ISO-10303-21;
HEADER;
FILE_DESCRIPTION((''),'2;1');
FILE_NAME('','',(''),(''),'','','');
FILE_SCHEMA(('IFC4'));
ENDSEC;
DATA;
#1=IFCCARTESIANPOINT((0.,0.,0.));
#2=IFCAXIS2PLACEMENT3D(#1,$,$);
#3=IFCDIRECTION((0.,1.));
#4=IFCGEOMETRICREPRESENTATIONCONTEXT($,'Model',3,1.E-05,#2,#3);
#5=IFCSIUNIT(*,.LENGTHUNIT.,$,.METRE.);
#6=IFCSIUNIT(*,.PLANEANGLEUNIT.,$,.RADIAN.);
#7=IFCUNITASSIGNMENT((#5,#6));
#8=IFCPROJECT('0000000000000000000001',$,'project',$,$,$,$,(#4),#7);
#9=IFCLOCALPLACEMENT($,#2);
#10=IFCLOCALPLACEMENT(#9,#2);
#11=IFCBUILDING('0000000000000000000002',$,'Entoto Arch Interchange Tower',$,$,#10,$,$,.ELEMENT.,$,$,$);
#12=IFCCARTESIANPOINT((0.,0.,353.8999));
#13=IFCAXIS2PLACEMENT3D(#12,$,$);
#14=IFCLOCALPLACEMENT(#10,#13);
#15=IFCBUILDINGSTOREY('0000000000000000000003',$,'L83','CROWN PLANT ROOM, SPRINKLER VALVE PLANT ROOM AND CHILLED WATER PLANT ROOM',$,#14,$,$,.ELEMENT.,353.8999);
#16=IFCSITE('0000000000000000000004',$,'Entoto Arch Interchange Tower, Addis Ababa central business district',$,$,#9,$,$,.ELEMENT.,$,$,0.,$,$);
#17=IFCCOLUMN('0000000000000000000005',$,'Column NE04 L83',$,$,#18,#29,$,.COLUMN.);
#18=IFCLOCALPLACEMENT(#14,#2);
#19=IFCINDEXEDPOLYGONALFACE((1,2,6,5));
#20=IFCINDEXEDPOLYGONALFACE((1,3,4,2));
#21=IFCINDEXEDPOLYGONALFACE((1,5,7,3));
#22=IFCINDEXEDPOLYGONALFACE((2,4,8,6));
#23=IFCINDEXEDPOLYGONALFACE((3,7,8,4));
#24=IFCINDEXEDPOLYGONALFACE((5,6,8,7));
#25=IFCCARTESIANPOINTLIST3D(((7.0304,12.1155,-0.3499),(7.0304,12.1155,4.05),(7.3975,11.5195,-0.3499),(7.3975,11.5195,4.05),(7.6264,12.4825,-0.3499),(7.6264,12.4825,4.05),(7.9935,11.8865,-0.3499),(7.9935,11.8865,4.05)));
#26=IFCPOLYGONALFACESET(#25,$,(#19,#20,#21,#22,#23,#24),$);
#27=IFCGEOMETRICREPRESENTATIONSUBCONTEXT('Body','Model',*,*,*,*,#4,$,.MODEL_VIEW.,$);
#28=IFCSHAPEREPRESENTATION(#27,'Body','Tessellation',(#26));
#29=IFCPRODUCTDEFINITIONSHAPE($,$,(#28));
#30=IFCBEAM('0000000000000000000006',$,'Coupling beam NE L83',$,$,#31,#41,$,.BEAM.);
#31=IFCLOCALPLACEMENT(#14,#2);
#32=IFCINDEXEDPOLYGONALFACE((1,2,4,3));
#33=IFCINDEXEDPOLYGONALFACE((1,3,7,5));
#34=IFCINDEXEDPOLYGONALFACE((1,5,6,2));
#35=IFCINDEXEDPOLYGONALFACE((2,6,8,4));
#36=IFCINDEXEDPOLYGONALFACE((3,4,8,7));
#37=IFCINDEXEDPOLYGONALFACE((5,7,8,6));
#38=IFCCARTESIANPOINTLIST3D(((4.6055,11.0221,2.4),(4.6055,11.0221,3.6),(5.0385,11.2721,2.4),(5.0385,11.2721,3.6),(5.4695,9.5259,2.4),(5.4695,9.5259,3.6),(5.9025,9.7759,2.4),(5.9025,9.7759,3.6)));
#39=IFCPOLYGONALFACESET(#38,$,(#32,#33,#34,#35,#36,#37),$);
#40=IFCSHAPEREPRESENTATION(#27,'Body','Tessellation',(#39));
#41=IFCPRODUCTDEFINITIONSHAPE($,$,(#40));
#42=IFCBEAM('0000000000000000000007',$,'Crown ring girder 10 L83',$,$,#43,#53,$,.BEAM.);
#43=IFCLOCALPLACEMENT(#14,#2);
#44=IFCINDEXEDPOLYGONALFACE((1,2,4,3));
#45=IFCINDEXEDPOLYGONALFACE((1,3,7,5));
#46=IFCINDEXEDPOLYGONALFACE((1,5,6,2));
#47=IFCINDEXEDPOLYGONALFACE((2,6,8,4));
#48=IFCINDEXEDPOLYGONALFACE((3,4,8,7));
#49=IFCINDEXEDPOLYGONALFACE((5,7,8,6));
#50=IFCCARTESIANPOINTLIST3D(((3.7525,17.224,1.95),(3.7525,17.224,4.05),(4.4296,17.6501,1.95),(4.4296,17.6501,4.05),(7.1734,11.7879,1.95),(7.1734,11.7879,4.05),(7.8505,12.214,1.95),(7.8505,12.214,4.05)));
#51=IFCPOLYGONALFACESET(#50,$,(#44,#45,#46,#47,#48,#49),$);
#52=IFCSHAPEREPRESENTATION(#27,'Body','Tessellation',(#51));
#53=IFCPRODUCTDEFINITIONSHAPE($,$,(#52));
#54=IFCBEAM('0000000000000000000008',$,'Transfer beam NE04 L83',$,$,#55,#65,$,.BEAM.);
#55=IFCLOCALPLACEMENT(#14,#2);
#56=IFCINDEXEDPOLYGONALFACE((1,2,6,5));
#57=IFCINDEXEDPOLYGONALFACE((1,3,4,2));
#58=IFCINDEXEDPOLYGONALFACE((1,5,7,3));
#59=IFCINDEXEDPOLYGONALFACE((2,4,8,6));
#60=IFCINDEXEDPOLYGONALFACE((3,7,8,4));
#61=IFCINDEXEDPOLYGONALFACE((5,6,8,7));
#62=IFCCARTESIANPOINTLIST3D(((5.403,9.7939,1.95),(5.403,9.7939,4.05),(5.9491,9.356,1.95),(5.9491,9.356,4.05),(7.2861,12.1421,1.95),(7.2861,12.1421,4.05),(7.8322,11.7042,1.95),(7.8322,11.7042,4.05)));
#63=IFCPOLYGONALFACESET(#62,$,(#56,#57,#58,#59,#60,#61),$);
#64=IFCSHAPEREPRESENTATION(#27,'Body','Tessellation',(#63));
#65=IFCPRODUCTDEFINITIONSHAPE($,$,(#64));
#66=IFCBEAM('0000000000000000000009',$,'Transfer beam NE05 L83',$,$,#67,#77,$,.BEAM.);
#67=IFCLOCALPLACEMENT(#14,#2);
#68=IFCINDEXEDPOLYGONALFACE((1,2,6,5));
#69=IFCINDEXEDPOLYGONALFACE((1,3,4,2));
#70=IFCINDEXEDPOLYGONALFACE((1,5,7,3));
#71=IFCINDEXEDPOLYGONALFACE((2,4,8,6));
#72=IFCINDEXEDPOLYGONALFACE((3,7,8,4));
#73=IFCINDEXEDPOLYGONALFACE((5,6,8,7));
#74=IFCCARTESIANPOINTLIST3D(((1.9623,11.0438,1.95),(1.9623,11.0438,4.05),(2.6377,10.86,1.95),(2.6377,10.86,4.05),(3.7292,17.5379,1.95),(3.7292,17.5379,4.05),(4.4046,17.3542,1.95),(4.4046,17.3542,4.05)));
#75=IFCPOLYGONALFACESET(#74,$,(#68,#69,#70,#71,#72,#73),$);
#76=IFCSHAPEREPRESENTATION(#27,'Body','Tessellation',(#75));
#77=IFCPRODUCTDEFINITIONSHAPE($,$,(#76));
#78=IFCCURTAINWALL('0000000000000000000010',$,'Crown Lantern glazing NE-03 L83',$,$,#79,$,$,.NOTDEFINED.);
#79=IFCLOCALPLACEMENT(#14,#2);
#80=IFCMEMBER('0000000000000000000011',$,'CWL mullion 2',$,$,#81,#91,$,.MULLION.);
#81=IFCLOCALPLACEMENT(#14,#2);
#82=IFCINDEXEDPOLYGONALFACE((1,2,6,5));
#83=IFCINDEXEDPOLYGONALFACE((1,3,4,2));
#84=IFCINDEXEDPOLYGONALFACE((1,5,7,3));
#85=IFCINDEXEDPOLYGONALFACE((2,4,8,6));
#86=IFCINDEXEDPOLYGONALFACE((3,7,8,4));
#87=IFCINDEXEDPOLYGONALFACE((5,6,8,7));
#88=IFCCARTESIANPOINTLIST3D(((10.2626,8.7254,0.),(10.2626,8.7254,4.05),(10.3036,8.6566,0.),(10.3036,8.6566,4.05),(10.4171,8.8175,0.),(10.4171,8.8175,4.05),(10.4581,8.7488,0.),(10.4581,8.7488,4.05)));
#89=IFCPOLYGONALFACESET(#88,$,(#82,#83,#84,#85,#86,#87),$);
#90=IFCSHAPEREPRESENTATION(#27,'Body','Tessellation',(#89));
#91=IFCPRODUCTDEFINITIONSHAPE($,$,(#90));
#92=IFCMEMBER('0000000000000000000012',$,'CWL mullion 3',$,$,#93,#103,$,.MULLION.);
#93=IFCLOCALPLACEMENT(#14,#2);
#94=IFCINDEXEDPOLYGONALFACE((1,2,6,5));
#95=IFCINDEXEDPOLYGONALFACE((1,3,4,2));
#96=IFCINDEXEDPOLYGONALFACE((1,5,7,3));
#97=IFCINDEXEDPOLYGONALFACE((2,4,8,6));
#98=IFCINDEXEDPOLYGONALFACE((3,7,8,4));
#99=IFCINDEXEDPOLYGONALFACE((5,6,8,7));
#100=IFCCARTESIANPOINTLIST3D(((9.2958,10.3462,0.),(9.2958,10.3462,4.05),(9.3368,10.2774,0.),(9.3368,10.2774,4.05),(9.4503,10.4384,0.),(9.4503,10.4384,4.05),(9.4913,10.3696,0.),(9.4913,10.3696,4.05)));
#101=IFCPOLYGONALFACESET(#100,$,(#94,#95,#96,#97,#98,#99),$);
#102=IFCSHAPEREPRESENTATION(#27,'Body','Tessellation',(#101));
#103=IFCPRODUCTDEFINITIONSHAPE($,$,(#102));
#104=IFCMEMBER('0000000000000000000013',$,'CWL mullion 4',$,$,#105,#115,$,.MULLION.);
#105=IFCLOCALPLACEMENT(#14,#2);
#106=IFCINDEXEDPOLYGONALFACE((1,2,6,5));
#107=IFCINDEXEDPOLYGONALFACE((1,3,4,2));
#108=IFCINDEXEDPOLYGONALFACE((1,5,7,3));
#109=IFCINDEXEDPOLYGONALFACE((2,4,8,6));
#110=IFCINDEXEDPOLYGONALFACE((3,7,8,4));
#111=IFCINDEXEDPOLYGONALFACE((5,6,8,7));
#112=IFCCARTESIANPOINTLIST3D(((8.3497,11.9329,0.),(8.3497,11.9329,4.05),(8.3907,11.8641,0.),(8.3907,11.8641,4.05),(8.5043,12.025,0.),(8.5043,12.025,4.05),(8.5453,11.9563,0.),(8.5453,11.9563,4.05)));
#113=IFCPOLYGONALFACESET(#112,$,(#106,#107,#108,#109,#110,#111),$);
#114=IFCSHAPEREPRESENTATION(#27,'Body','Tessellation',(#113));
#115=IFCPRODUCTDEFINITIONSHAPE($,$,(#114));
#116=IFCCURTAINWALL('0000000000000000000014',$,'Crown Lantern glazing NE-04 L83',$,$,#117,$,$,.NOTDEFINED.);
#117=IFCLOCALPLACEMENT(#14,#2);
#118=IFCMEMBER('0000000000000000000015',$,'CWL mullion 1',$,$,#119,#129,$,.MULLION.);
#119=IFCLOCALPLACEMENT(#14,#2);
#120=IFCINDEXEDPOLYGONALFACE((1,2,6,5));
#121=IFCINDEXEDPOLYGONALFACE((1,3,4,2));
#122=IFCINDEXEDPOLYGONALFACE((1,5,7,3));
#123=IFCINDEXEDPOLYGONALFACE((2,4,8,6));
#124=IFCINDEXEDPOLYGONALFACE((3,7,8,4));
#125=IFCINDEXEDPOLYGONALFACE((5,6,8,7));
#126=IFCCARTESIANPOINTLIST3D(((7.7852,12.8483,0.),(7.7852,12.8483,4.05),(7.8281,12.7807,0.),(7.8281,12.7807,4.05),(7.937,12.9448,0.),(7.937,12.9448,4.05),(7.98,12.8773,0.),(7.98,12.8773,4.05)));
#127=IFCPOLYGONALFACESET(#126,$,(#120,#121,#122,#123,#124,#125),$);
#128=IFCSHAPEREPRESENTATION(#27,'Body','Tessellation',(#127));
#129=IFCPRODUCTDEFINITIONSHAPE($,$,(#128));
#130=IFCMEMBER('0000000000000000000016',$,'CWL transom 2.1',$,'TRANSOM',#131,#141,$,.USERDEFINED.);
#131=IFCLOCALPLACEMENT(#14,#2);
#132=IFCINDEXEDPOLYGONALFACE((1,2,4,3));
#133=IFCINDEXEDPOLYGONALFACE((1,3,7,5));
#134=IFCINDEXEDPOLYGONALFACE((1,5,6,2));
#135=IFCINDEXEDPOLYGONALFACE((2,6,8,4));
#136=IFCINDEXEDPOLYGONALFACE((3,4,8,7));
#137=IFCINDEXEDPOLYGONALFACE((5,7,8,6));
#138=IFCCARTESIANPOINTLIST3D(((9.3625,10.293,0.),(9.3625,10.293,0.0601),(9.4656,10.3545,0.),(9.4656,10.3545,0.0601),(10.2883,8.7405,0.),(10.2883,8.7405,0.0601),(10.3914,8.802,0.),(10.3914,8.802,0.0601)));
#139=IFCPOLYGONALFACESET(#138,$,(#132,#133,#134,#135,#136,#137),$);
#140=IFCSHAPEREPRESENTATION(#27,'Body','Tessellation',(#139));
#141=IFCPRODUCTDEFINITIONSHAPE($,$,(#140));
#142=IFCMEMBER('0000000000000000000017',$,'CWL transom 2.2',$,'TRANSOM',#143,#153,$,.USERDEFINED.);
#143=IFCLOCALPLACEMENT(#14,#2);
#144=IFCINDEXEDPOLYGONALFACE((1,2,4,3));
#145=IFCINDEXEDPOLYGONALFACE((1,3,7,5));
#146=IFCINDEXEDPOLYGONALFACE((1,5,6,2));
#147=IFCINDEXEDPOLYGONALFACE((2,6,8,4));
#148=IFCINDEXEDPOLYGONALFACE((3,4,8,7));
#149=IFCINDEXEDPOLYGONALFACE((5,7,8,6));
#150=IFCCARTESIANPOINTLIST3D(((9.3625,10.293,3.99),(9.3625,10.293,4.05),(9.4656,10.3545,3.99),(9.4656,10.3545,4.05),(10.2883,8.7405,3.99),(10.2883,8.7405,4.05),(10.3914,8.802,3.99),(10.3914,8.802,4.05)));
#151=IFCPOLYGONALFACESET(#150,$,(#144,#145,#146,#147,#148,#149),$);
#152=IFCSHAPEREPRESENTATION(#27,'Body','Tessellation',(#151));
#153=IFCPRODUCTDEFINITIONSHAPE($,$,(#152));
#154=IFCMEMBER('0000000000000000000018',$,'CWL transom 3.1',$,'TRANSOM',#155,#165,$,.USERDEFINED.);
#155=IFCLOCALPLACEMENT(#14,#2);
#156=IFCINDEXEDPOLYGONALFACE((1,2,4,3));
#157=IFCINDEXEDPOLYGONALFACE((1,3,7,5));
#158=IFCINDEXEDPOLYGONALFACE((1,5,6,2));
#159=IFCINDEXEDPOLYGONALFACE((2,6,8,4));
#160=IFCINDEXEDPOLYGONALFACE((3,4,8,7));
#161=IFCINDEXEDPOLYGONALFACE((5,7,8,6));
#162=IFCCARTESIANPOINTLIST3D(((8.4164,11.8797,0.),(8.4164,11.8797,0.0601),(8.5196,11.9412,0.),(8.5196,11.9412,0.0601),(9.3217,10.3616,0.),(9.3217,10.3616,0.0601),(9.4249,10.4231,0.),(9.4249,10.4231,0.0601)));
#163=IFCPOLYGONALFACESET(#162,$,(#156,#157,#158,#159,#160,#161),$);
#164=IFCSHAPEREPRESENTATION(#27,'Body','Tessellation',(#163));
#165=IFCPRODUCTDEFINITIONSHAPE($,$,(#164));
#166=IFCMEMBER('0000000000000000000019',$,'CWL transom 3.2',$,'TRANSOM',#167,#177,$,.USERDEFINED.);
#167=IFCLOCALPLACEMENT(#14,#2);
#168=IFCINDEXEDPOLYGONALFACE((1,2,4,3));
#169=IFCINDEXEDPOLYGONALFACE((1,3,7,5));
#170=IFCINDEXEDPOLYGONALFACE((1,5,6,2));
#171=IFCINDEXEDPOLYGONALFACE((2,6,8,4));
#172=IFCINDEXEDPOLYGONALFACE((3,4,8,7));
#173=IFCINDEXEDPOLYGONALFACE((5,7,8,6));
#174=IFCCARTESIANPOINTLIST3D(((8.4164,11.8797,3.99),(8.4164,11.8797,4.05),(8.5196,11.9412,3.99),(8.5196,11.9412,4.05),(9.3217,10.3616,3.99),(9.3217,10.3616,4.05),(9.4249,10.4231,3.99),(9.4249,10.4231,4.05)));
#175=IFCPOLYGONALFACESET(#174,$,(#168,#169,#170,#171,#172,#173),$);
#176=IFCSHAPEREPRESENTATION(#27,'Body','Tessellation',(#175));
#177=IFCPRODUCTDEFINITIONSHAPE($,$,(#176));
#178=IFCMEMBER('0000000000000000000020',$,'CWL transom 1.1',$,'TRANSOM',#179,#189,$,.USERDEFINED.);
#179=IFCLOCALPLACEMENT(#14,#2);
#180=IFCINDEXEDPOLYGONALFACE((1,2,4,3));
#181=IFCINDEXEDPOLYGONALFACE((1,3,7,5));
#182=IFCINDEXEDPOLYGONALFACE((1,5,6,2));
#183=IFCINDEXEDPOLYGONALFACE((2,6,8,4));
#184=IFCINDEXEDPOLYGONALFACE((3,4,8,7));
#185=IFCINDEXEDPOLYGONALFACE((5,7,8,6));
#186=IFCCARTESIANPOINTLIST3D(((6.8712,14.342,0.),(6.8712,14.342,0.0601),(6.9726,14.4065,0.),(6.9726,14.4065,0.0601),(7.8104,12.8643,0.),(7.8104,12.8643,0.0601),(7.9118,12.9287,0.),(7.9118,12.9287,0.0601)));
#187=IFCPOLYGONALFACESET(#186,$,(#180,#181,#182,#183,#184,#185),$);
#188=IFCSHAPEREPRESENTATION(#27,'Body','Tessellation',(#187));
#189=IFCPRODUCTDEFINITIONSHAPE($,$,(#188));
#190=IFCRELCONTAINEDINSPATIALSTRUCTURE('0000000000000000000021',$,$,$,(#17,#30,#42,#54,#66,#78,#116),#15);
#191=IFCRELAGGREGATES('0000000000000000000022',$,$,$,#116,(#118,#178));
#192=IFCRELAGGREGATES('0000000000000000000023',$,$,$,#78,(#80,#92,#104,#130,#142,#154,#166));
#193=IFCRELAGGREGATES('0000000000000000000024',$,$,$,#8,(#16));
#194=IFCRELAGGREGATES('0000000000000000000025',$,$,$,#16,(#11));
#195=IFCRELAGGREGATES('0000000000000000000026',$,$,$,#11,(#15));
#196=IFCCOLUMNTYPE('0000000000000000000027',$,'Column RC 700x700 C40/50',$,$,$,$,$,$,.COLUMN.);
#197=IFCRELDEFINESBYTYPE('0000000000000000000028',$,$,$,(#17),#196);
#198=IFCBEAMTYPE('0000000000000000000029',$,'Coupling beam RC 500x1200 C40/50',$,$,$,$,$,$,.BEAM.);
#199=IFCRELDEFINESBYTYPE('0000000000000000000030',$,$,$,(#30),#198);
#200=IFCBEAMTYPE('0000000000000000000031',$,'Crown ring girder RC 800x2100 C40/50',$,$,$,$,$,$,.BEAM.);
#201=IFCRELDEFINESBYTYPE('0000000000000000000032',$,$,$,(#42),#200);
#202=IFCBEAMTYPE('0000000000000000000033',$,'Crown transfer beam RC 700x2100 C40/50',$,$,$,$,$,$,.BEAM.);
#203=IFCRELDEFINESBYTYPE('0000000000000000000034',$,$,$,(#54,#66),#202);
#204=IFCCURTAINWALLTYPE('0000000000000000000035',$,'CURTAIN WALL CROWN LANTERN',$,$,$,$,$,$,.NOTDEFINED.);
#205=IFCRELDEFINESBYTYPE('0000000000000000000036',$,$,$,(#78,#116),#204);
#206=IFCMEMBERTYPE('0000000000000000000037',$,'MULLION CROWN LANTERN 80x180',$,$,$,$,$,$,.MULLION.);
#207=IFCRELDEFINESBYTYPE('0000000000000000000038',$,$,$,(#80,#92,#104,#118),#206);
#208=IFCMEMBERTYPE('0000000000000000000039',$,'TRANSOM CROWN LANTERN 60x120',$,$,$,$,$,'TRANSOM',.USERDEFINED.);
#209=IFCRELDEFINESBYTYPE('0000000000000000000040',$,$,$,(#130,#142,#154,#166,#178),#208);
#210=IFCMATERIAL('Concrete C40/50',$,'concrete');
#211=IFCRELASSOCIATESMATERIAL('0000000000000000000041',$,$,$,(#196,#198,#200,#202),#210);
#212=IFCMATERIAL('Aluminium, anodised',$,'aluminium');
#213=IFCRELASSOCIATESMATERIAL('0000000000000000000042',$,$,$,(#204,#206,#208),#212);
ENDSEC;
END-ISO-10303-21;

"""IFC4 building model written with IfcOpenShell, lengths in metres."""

from ifc_helpers import new_model, si_unit, direction, frame, origin, origin_2d, place, context, subcontext, project, spatial, rectangle, extrude, material, material_profile, profile_set, type_object, element, aggregate, save


model = new_model("IFC4")

# Units and contexts
model_context = context("Model", 3, precision=1e-05, world=origin(), true_north=direction((0.0, 1.0)))
body_context = subcontext(model_context, "Body", "Model", "MODEL_VIEW")
ifc_project = project(units=[si_unit("LENGTHUNIT", "METRE"), si_unit("PLANEANGLEUNIT", "RADIAN")], contexts=[model_context])

# Site, building, storey
site_placement = place(None, origin())
site = spatial("IfcSite", under=ifc_project, at=site_placement, Name="Entoto Arch Interchange Tower, Addis Ababa central business district", CompositionType="ELEMENT", RefElevation=0.0)
building_placement = place(site_placement, origin())
building = spatial("IfcBuilding", under=site, at=building_placement, Name="Entoto Arch Interchange Tower", CompositionType="ELEMENT")
storey_placement = place(building_placement, frame((0.0, 0.0, 353.8999)))
storey = spatial("IfcBuildingStorey", under=building, at=storey_placement, Name="L83", Description="CROWN PLANT ROOM, SPRINKLER VALVE PLANT ROOM AND CHILLED WATER PLANT ROOM", CompositionType="ELEMENT", Elevation=353.8999)

# Column
ifc_material_1 = material(Name="Concrete C40/50", Category="concrete")
ifc_material_profile_1 = material_profile(ifc_material_1, rectangle(XDim=0.7, YDim=0.7, at=origin_2d()))
ifc_profile_set_1 = profile_set([ifc_material_profile_1], Name="Concrete C40/50")
column_type = type_object("IfcColumnType", Name="Column RC 700x700 C40/50", PredefinedType="COLUMN", material=ifc_profile_set_1)
column_placement = place(storey_placement, frame((7.512, 12.001, -0.3499), z_axis=(0.0, 0.0, 1.0), x_axis=(-0.524372, 0.851489, 0.0)))
element("IfcColumn", 1, at=column_placement, inside=storey, type_object=column_type, Name="Column NE04 L83", PredefinedType="COLUMN", context=body_context, shape_type="SweptSolid", body=[
    extrude(rectangle(XDim=0.7, YDim=0.7, at=origin_2d()), origin(), (0.0, 0.0, 1.0), 4.3999),
])

# Beams
ifc_material_profile_2 = material_profile(ifc_material_1, rectangle(XDim=0.5, YDim=1.2, at=origin_2d()))
ifc_profile_set_2 = profile_set([ifc_material_profile_2], Name="Concrete C40/50")
beam_type_1 = type_object("IfcBeamType", Name="Coupling beam RC 500x1200 C40/50", PredefinedType="BEAM", material=ifc_profile_set_2)
beam_1_placement = place(storey_placement, frame((5.686, 9.6509, 3.0), z_axis=(-0.500106, 0.865964, 0.0), x_axis=(-0.865964, -0.500106, 0.0)))
element("IfcBeam", 2, at=beam_1_placement, inside=storey, type_object=beam_type_1, Name="Coupling beam NE L83", PredefinedType="BEAM", context=body_context, shape_type="SweptSolid", body=[
    extrude(rectangle(XDim=0.5, YDim=1.2, at=origin_2d()), origin(), (0.0, 0.0, 1.0), 1.7278),
])
ifc_material_profile_3 = material_profile(ifc_material_1, rectangle(XDim=0.8, YDim=2.1001, at=origin_2d()))
ifc_profile_set_3 = profile_set([ifc_material_profile_3], Name="Concrete C40/50")
beam_type_2 = type_object("IfcBeamType", Name="Crown ring girder RC 800x2100 C40/50", PredefinedType="BEAM", material=ifc_profile_set_3)
beam_2_placement = place(storey_placement, frame((7.512, 12.001, 3.0), z_axis=(-0.532614, 0.846359, 0.0), x_axis=(-0.846359, -0.532614, 0.0)))
element("IfcBeam", 3, at=beam_2_placement, inside=storey, type_object=beam_type_2, Name="Crown ring girder 10 L83", PredefinedType="BEAM", context=body_context, shape_type="SweptSolid", body=[
    extrude(rectangle(XDim=0.8, YDim=2.1001, at=origin_2d()), origin(), (0.0, 0.0, 1.0), 6.4229),
])
ifc_material_profile_4 = material_profile(ifc_material_1, rectangle(XDim=0.7, YDim=2.1001, at=origin_2d()))
ifc_profile_set_4 = profile_set([ifc_material_profile_4], Name="Concrete C40/50")
beam_type_3 = type_object("IfcBeamType", Name="Crown transfer beam RC 700x2100 C40/50", PredefinedType="BEAM", material=ifc_profile_set_4)
beam_3_placement = place(storey_placement, frame((5.676, 9.575, 3.0), z_axis=(0.625615, 0.780132, 0.0), x_axis=(-0.780132, 0.625615, 0.0)))
element("IfcBeam", 4, at=beam_3_placement, inside=storey, type_object=beam_type_3, Name="Transfer beam NE04 L83", PredefinedType="BEAM", context=body_context, shape_type="SweptSolid", body=[
    extrude(rectangle(XDim=0.7, YDim=2.1001, at=origin_2d()), origin(), (0.0, 0.0, 1.0), 3.01),
])
beam_4_placement = place(storey_placement, frame((2.3, 10.9519, 3.0), z_axis=(0.262525, 0.964925, 0.0), x_axis=(-0.964925, 0.262525, 0.0)))
element("IfcBeam", 5, at=beam_4_placement, inside=storey, type_object=beam_type_3, Name="Transfer beam NE05 L83", PredefinedType="BEAM", context=body_context, shape_type="SweptSolid", body=[
    extrude(rectangle(XDim=0.7, YDim=2.1001, at=origin_2d()), origin(), (0.0, 0.0, 1.0), 6.7302),
])

# Curtain wall, members
ifc_material_2 = material(Name="Aluminium, anodised", Category="aluminium")
curtain_wall_type = type_object("IfcCurtainWallType", Name="CURTAIN WALL CROWN LANTERN", PredefinedType="NOTDEFINED", material=ifc_material_2)
curtain_wall_1_placement = place(storey_placement, origin())
curtain_wall_1 = element("IfcCurtainWall", 6, at=curtain_wall_1_placement, inside=storey, type_object=curtain_wall_type, Name="Crown Lantern glazing NE-03 L83", PredefinedType="NOTDEFINED")
ifc_material_profile_5 = material_profile(ifc_material_2, rectangle(XDim=0.1799, YDim=0.0801, at=origin_2d()))
ifc_profile_set_5 = profile_set([ifc_material_profile_5], Name="Aluminium, anodised")
member_type_1 = type_object("IfcMemberType", Name="MULLION CROWN LANTERN 80x180", PredefinedType="MULLION", material=ifc_profile_set_5)
member_1_placement = place(storey_placement, frame((10.3604, 8.7371, 0.0), z_axis=(0.0, 0.0, 1.0), x_axis=(-0.858877, -0.512182, 0.0)))
member_1 = element("IfcMember", 7, at=member_1_placement, type_object=member_type_1, Name="CWL mullion 2", PredefinedType="MULLION", context=body_context, shape_type="SweptSolid", body=[
    extrude(rectangle(XDim=0.1799, YDim=0.0801, at=origin_2d()), origin(), (0.0, 0.0, 1.0), 4.05),
])
member_2_placement = place(storey_placement, frame((9.3936, 10.3579, 0.0), z_axis=(0.0, 0.0, 1.0), x_axis=(-0.858877, -0.512182, 0.0)))
member_2 = element("IfcMember", 8, at=member_2_placement, type_object=member_type_1, Name="CWL mullion 3", PredefinedType="MULLION", context=body_context, shape_type="SweptSolid", body=[
    extrude(rectangle(XDim=0.1799, YDim=0.0801, at=origin_2d()), origin(), (0.0, 0.0, 1.0), 4.05),
])
member_3_placement = place(storey_placement, frame((8.4475, 11.9446, 0.0), z_axis=(0.0, 0.0, 1.0), x_axis=(-0.858877, -0.512182, 0.0)))
member_3 = element("IfcMember", 9, at=member_3_placement, type_object=member_type_1, Name="CWL mullion 4", PredefinedType="MULLION", context=body_context, shape_type="SweptSolid", body=[
    extrude(rectangle(XDim=0.1799, YDim=0.0801, at=origin_2d()), origin(), (0.0, 0.0, 1.0), 4.05),
])

# Curtain wall, member
curtain_wall_2_placement = place(storey_placement, origin())
curtain_wall_2 = element("IfcCurtainWall", 10, at=curtain_wall_2_placement, inside=storey, type_object=curtain_wall_type, Name="Crown Lantern glazing NE-04 L83", PredefinedType="NOTDEFINED")
member_4_placement = place(storey_placement, frame((7.8826, 12.8628, 0.0), z_axis=(0.0, 0.0, 1.0), x_axis=(-0.84394, -0.536437, 0.0)))
member_4 = element("IfcMember", 11, at=member_4_placement, type_object=member_type_1, Name="CWL mullion 1", PredefinedType="MULLION", context=body_context, shape_type="SweptSolid", body=[
    extrude(rectangle(XDim=0.1799, YDim=0.0801, at=origin_2d()), origin(), (0.0, 0.0, 1.0), 4.05),
])

# Members
ifc_material_profile_6 = material_profile(ifc_material_2, rectangle(XDim=0.1201, YDim=0.0601, at=origin_2d()))
ifc_profile_set_6 = profile_set([ifc_material_profile_6], Name="Aluminium, anodised")
member_type_2 = type_object("IfcMemberType", Name="TRANSOM CROWN LANTERN 60x120", ElementType="TRANSOM", PredefinedType="USERDEFINED", material=ifc_profile_set_6)
member_5_placement = place(storey_placement, frame((10.3398, 8.7712, 0.03), z_axis=(-0.51217, 0.858884, 0.0), x_axis=(-0.858884, -0.51217, 0.0)))
member_5 = element("IfcMember", 12, at=member_5_placement, type_object=member_type_2, Name="CWL transom 2.1", ObjectType="TRANSOM", PredefinedType="USERDEFINED", context=body_context, shape_type="SweptSolid", body=[
    extrude(rectangle(XDim=0.1201, YDim=0.0601, at=origin_2d()), origin(), (0.0, 0.0, 1.0), 1.8076),
])
member_6_placement = place(storey_placement, frame((10.3398, 8.7712, 4.02), z_axis=(-0.51217, 0.858884, 0.0), x_axis=(-0.858884, -0.51217, 0.0)))
member_6 = element("IfcMember", 13, at=member_6_placement, type_object=member_type_2, Name="CWL transom 2.2", ObjectType="TRANSOM", PredefinedType="USERDEFINED", context=body_context, shape_type="SweptSolid", body=[
    extrude(rectangle(XDim=0.1201, YDim=0.0601, at=origin_2d()), origin(), (0.0, 0.0, 1.0), 1.8076),
])
member_7_placement = place(storey_placement, frame((9.3733, 10.3923, 0.03), z_axis=(-0.512178, 0.858879, 0.0), x_axis=(-0.858879, -0.512178, 0.0)))
member_7 = element("IfcMember", 14, at=member_7_placement, type_object=member_type_2, Name="CWL transom 3.1", ObjectType="TRANSOM", PredefinedType="USERDEFINED", context=body_context, shape_type="SweptSolid", body=[
    extrude(rectangle(XDim=0.1201, YDim=0.0601, at=origin_2d()), origin(), (0.0, 0.0, 1.0), 1.7676),
])
member_8_placement = place(storey_placement, frame((9.3733, 10.3923, 4.02), z_axis=(-0.512178, 0.858879, 0.0), x_axis=(-0.858879, -0.512178, 0.0)))
member_8 = element("IfcMember", 15, at=member_8_placement, type_object=member_type_2, Name="CWL transom 3.2", ObjectType="TRANSOM", PredefinedType="USERDEFINED", context=body_context, shape_type="SweptSolid", body=[
    extrude(rectangle(XDim=0.1201, YDim=0.0601, at=origin_2d()), origin(), (0.0, 0.0, 1.0), 1.7676),
])
member_9_placement = place(storey_placement, frame((7.8611, 12.8965, 0.03), z_axis=(-0.536388, 0.843971, 0.0), x_axis=(-0.843971, -0.536388, 0.0)))
member_9 = element("IfcMember", 16, at=member_9_placement, type_object=member_type_2, Name="CWL transom 1.1", ObjectType="TRANSOM", PredefinedType="USERDEFINED", context=body_context, shape_type="SweptSolid", body=[
    extrude(rectangle(XDim=0.1201, YDim=0.0601, at=origin_2d()), origin(), (0.0, 0.0, 1.0), 1.751),
])
aggregate(curtain_wall_2, [member_4, member_9])

aggregate(curtain_wall_1, [member_1, member_2, member_3, member_5, member_6, member_7, member_8])

save(model, "model.ifc")
